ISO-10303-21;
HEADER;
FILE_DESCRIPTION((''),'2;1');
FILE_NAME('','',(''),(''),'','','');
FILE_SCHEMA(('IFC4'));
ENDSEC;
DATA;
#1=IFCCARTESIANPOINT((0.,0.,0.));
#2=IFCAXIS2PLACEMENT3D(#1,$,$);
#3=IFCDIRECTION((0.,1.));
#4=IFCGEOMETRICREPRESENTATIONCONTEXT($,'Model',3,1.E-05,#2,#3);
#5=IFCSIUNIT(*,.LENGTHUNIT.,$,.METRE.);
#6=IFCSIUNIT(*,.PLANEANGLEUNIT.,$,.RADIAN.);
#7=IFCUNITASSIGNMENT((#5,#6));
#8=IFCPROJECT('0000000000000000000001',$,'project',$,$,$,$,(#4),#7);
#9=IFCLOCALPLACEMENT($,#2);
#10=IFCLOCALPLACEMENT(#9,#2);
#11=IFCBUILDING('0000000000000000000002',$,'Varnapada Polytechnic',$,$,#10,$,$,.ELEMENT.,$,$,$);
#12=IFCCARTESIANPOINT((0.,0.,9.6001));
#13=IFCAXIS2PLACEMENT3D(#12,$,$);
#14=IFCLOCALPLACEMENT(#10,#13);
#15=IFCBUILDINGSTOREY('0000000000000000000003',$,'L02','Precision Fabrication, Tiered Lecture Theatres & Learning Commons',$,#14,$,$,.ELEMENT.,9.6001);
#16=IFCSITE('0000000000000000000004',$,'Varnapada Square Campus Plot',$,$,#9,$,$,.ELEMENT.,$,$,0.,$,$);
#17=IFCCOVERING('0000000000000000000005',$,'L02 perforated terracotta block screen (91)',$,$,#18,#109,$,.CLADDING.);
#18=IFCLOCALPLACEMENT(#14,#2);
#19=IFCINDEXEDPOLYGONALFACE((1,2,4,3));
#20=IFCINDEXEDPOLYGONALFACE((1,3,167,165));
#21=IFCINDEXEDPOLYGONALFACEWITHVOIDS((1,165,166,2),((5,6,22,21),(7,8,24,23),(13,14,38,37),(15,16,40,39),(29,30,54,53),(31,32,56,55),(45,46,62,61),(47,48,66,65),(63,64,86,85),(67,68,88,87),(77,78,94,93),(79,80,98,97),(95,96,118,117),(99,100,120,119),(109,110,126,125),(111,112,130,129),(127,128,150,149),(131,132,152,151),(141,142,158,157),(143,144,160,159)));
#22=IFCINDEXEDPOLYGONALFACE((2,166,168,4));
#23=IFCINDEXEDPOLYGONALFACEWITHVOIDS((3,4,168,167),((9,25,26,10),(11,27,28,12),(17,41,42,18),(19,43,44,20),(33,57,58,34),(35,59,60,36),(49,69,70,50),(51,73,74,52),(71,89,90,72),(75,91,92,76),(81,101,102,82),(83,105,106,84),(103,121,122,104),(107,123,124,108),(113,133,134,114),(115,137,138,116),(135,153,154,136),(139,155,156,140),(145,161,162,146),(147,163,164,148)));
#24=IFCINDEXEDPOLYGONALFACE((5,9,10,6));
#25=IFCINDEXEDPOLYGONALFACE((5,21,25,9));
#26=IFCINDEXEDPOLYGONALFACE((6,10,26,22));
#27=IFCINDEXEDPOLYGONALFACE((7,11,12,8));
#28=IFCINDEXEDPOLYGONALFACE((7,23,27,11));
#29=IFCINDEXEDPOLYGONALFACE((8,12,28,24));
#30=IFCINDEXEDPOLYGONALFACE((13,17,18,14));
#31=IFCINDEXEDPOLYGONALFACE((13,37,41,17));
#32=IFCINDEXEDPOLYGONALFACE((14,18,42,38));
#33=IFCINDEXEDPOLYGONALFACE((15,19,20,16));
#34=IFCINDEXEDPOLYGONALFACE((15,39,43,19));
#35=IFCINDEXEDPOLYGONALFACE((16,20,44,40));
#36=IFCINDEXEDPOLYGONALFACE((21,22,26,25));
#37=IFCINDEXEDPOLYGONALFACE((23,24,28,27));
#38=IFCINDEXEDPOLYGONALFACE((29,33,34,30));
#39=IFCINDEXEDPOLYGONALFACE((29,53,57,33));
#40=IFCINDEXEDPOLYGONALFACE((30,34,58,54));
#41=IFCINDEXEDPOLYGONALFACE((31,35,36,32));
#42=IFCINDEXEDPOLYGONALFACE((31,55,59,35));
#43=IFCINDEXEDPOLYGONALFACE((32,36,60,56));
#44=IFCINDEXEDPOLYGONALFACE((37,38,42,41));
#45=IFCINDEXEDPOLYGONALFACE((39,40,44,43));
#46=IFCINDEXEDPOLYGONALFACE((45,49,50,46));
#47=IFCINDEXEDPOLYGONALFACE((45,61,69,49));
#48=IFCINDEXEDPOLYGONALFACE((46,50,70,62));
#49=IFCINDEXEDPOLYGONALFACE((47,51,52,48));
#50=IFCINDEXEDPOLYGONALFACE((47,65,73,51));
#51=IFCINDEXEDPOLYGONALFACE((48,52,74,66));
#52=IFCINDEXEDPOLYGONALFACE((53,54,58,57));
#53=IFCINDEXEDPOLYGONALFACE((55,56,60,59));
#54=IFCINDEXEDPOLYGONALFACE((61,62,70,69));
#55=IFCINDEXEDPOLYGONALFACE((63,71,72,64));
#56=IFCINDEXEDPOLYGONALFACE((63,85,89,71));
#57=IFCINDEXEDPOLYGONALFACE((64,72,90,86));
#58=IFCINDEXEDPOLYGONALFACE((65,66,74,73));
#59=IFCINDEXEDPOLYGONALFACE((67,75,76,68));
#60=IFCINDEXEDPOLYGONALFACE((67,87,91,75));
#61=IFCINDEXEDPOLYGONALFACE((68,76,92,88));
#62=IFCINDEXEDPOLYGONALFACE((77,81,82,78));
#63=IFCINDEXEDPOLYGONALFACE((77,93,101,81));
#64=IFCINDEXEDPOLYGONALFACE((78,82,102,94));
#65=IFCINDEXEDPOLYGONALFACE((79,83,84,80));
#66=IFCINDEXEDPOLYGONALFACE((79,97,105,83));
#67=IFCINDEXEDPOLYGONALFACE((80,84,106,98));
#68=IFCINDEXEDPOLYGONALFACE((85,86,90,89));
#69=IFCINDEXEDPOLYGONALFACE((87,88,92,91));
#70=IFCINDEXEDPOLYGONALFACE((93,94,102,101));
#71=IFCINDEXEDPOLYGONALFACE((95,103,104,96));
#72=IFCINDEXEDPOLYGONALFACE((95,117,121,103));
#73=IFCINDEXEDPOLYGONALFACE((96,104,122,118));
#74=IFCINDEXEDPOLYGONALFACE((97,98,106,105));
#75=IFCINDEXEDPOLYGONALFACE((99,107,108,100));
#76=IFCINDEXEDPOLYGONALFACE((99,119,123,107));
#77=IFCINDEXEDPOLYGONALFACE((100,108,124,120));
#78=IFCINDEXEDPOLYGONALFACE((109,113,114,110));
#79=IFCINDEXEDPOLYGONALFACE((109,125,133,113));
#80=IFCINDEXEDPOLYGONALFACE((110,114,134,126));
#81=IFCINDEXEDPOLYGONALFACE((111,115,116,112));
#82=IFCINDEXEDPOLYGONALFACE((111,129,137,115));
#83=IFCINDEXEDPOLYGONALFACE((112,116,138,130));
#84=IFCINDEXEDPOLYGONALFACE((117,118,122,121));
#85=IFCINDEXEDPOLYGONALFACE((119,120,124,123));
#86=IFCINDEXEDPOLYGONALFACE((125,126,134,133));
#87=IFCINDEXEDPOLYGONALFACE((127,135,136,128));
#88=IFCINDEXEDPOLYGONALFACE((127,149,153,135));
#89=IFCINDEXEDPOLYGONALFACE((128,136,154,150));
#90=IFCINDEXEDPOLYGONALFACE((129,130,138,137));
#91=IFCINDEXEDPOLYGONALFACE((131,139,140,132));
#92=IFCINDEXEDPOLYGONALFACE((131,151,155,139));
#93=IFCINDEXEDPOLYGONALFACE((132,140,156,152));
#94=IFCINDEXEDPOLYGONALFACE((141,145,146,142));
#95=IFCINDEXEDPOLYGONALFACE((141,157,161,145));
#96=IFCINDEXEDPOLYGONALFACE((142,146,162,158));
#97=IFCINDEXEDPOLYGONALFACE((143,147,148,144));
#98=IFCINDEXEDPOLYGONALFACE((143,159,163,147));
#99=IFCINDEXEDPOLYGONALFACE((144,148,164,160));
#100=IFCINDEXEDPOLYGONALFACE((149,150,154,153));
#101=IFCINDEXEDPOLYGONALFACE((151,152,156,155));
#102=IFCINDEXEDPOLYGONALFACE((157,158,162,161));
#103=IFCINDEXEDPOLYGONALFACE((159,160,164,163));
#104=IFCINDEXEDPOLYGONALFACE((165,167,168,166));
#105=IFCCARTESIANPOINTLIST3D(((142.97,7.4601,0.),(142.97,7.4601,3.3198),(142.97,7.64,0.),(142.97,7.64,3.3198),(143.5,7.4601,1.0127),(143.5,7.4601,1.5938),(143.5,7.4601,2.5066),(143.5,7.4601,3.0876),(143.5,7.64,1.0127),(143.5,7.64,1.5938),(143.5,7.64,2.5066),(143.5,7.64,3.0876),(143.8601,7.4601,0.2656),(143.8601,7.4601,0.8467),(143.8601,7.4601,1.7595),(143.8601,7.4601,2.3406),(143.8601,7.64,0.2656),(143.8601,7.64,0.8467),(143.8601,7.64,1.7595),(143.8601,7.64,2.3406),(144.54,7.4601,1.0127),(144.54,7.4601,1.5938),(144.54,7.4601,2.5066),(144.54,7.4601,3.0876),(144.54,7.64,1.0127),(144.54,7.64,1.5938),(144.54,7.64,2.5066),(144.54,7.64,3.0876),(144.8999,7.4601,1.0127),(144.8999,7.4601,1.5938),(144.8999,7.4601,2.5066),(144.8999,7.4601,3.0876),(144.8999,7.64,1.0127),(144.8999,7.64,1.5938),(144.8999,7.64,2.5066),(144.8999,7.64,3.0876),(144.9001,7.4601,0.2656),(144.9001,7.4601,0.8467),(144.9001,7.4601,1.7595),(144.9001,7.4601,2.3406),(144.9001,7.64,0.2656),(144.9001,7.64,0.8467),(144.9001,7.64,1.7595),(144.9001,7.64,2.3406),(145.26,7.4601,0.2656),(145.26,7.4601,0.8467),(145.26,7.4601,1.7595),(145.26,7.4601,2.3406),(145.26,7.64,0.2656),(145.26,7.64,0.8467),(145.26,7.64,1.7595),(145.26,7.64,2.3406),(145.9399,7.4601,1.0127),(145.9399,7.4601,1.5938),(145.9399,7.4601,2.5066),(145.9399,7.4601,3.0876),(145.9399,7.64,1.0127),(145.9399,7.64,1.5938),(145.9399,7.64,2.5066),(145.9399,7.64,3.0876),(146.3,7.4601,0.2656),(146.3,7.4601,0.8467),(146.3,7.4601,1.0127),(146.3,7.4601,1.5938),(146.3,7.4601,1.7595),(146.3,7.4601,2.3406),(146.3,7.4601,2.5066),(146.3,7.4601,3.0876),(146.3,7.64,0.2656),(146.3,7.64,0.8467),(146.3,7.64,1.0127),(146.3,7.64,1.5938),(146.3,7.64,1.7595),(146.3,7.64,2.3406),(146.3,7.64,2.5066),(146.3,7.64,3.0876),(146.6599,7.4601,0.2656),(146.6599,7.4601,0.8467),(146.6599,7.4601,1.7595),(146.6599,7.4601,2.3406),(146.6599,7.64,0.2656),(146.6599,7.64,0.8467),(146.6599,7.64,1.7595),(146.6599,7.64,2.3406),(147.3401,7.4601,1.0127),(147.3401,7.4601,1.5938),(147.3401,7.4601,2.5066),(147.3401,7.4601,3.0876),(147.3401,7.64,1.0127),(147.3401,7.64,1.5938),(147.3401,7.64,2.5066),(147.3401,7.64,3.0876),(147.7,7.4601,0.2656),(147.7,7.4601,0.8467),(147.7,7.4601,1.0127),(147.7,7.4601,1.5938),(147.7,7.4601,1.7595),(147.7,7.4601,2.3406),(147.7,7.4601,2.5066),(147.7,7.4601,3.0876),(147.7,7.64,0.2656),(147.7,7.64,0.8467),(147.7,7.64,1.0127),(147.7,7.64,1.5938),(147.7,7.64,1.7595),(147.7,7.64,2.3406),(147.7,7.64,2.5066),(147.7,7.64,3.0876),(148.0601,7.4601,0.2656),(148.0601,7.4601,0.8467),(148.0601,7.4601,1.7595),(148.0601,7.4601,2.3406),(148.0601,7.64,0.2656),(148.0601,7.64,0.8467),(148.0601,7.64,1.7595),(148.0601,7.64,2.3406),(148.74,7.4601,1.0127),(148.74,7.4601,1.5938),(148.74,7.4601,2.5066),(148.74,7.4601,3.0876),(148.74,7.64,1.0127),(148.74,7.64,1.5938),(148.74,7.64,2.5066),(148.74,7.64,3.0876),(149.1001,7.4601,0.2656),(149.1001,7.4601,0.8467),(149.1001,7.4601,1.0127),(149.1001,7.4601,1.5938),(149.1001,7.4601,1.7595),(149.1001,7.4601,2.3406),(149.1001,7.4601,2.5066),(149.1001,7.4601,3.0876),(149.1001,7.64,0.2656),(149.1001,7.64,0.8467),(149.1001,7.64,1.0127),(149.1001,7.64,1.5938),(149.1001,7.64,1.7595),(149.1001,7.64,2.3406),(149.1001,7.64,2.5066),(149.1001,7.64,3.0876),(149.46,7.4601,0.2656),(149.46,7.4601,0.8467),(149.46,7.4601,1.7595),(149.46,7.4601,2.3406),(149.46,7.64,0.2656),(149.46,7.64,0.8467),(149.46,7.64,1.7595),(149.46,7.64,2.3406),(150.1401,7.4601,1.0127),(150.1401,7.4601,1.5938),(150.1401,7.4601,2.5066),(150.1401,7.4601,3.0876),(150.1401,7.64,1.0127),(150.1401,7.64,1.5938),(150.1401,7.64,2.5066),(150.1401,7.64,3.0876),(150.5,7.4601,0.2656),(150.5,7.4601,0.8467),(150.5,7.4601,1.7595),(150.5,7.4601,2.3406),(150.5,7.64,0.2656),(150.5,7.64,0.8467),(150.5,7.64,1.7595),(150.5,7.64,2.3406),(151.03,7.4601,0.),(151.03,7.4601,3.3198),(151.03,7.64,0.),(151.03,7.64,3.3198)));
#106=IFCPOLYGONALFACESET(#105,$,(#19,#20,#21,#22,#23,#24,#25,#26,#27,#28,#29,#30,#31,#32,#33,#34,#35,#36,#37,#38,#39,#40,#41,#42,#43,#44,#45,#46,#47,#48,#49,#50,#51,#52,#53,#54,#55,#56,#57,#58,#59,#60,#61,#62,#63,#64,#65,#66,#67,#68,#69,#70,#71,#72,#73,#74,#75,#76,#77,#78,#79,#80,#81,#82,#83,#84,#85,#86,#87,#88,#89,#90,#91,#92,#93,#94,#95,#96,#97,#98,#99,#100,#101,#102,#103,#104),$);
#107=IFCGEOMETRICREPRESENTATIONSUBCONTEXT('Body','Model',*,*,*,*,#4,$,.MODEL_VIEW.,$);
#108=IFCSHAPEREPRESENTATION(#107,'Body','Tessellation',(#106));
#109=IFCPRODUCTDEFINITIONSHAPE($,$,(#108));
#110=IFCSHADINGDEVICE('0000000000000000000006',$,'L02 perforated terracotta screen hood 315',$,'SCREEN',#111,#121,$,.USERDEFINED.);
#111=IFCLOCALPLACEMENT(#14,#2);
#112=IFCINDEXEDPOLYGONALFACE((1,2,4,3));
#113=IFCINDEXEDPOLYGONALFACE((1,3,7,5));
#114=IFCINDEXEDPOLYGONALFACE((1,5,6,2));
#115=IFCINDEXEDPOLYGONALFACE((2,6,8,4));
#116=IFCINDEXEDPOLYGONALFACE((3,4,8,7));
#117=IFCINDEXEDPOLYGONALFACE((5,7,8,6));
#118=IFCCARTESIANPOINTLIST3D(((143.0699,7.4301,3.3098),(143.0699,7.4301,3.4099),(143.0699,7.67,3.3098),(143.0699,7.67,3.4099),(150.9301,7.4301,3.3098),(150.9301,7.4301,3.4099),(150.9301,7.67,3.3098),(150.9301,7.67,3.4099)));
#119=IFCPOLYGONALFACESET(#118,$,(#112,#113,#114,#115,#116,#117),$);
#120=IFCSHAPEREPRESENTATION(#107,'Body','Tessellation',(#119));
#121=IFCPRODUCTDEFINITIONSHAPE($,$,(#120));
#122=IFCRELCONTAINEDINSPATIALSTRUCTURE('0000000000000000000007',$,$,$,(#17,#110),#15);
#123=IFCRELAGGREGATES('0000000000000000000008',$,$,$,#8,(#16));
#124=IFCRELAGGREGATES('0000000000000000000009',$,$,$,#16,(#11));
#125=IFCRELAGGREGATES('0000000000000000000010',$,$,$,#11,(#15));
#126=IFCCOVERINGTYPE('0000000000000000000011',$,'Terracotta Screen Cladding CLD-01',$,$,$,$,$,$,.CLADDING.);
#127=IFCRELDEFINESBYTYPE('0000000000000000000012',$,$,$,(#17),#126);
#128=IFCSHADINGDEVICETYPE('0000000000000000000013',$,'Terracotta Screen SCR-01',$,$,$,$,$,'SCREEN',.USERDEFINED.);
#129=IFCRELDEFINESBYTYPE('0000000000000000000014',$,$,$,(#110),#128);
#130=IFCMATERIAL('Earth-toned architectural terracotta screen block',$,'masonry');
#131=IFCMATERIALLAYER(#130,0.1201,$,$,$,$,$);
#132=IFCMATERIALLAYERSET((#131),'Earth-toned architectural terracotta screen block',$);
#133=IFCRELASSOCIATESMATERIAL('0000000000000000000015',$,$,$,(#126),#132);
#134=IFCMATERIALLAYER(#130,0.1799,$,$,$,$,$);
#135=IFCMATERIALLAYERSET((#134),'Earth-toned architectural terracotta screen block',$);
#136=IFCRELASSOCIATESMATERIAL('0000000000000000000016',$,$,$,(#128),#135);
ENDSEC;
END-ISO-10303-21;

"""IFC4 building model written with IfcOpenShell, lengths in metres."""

from ifc_helpers import new_model, si_unit, direction, frame, frame_2d, origin, origin_2d, place, context, subcontext, project, spatial, rectangle, extrude, material, layer, layer_set, type_object, element, save


model = new_model("IFC4")

# Units and contexts
model_context = context("Model", 3, precision=1e-05, world=origin(), true_north=direction((0.0, 1.0)))
body_context = subcontext(model_context, "Body", "Model", "MODEL_VIEW")
ifc_project = project(units=[si_unit("LENGTHUNIT", "METRE"), si_unit("PLANEANGLEUNIT", "RADIAN")], contexts=[model_context])

# Site, building, storey
site_placement = place(None, origin())
site = spatial("IfcSite", under=ifc_project, at=site_placement, Name="Varnapada Square Campus Plot", CompositionType="ELEMENT", RefElevation=0.0)
building_placement = place(site_placement, origin())
building = spatial("IfcBuilding", under=site, at=building_placement, Name="Varnapada Polytechnic", CompositionType="ELEMENT")
storey_placement = place(building_placement, frame((0.0, 0.0, 9.6001)))
storey = spatial("IfcBuildingStorey", under=building, at=storey_placement, Name="L02", Description="Precision Fabrication, Tiered Lecture Theatres & Learning Commons", CompositionType="ELEMENT", Elevation=9.6001)

# Covering, openings
ifc_material_1 = material(Name="Earth-toned architectural terracotta screen block", Category="masonry")
ifc_layer_1 = layer(ifc_material_1, 0.1201)
ifc_layer_set_1 = layer_set([ifc_layer_1], Name="Earth-toned architectural terracotta screen block")
covering_type = type_object("IfcCoveringType", Name="Terracotta Screen Cladding CLD-01", PredefinedType="CLADDING", material=ifc_layer_set_1)
covering_placement = place(storey_placement, frame((151.03, 7.55, 0.0), z_axis=(0.0, 0.0, 1.0), x_axis=(-1.0, 0.0, 0.0)))
covering = element("IfcCovering", 1, at=covering_placement, inside=storey, type_object=covering_type, Name="L02 perforated terracotta block screen (91)", PredefinedType="CLADDING", context=body_context, shape_type="SweptSolid", body=[
    extrude(rectangle(XDim=8.0601, YDim=0.1799, at=frame_2d((4.03, 0.0))), origin(), (0.0, 0.0, 1.0), 3.3198),
])
opening_1_placement = place(covering_placement, frame((0.53, 0.0, 0.2656)))
element("IfcOpeningElement", 2, at=opening_1_placement, cuts=covering, PredefinedType="OPENING", context=body_context, shape_type="SweptSolid", body=[
    extrude(rectangle(XDim=1.04, YDim=0.5811, at=frame_2d((0.52, 0.2905))), frame((0.0, 0.0999, 0.0), z_axis=(0.0, -1.0, 0.0), x_axis=(1.0, 0.0, 0.0)), (0.0, 0.0, 1.0), 0.2),
])
opening_2_placement = place(covering_placement, frame((1.9299, 0.0, 0.2656)))
element("IfcOpeningElement", 3, at=opening_2_placement, cuts=covering, PredefinedType="OPENING", context=body_context, shape_type="SweptSolid", body=[
    extrude(rectangle(XDim=1.04, YDim=0.5811, at=frame_2d((0.52, 0.2905))), frame((0.0, 0.0999, 0.0), z_axis=(0.0, -1.0, 0.0), x_axis=(1.0, 0.0, 0.0)), (0.0, 0.0, 1.0), 0.2),
])
opening_3_placement = place(covering_placement, frame((3.3301, 0.0, 0.2656)))
element("IfcOpeningElement", 4, at=opening_3_placement, cuts=covering, PredefinedType="OPENING", context=body_context, shape_type="SweptSolid", body=[
    extrude(rectangle(XDim=1.04, YDim=0.5811, at=frame_2d((0.52, 0.2905))), frame((0.0, 0.0999, 0.0), z_axis=(0.0, -1.0, 0.0), x_axis=(1.0, 0.0, 0.0)), (0.0, 0.0, 1.0), 0.2),
])
opening_4_placement = place(covering_placement, frame((4.73, 0.0, 0.2656)))
element("IfcOpeningElement", 5, at=opening_4_placement, cuts=covering, PredefinedType="OPENING", context=body_context, shape_type="SweptSolid", body=[
    extrude(rectangle(XDim=1.04, YDim=0.5811, at=frame_2d((0.52, 0.2905))), frame((0.0, 0.0999, 0.0), z_axis=(0.0, -1.0, 0.0), x_axis=(1.0, 0.0, 0.0)), (0.0, 0.0, 1.0), 0.2),
])
opening_5_placement = place(covering_placement, frame((6.1299, 0.0, 0.2656)))
element("IfcOpeningElement", 6, at=opening_5_placement, cuts=covering, PredefinedType="OPENING", context=body_context, shape_type="SweptSolid", body=[
    extrude(rectangle(XDim=1.04, YDim=0.5811, at=frame_2d((0.52, 0.2905))), frame((0.0, 0.0999, 0.0), z_axis=(0.0, -1.0, 0.0), x_axis=(1.0, 0.0, 0.0)), (0.0, 0.0, 1.0), 0.2),
])
opening_6_placement = place(covering_placement, frame((0.8899, 0.0, 1.0127)))
element("IfcOpeningElement", 7, at=opening_6_placement, cuts=covering, PredefinedType="OPENING", context=body_context, shape_type="SweptSolid", body=[
    extrude(rectangle(XDim=1.04, YDim=0.5811, at=frame_2d((0.52, 0.2905))), frame((0.0, 0.0999, 0.0), z_axis=(0.0, -1.0, 0.0), x_axis=(1.0, 0.0, 0.0)), (0.0, 0.0, 1.0), 0.2),
])
opening_7_placement = place(covering_placement, frame((2.29, 0.0, 1.0127)))
element("IfcOpeningElement", 8, at=opening_7_placement, cuts=covering, PredefinedType="OPENING", context=body_context, shape_type="SweptSolid", body=[
    extrude(rectangle(XDim=1.04, YDim=0.5811, at=frame_2d((0.52, 0.2905))), frame((0.0, 0.0999, 0.0), z_axis=(0.0, -1.0, 0.0), x_axis=(1.0, 0.0, 0.0)), (0.0, 0.0, 1.0), 0.2),
])
opening_8_placement = place(covering_placement, frame((3.6899, 0.0, 1.0127)))
element("IfcOpeningElement", 9, at=opening_8_placement, cuts=covering, PredefinedType="OPENING", context=body_context, shape_type="SweptSolid", body=[
    extrude(rectangle(XDim=1.04, YDim=0.5811, at=frame_2d((0.52, 0.2905))), frame((0.0, 0.0999, 0.0), z_axis=(0.0, -1.0, 0.0), x_axis=(1.0, 0.0, 0.0)), (0.0, 0.0, 1.0), 0.2),
])
opening_9_placement = place(covering_placement, frame((5.0901, 0.0, 1.0127)))
element("IfcOpeningElement", 10, at=opening_9_placement, cuts=covering, PredefinedType="OPENING", context=body_context, shape_type="SweptSolid", body=[
    extrude(rectangle(XDim=1.04, YDim=0.5811, at=frame_2d((0.52, 0.2905))), frame((0.0, 0.0999, 0.0), z_axis=(0.0, -1.0, 0.0), x_axis=(1.0, 0.0, 0.0)), (0.0, 0.0, 1.0), 0.2),
])
opening_10_placement = place(covering_placement, frame((6.49, 0.0, 1.0127)))
element("IfcOpeningElement", 11, at=opening_10_placement, cuts=covering, PredefinedType="OPENING", context=body_context, shape_type="SweptSolid", body=[
    extrude(rectangle(XDim=1.04, YDim=0.5811, at=frame_2d((0.52, 0.2905))), frame((0.0, 0.0999, 0.0), z_axis=(0.0, -1.0, 0.0), x_axis=(1.0, 0.0, 0.0)), (0.0, 0.0, 1.0), 0.2),
])
opening_11_placement = place(covering_placement, frame((0.53, 0.0, 1.7595)))
element("IfcOpeningElement", 12, at=opening_11_placement, cuts=covering, PredefinedType="OPENING", context=body_context, shape_type="SweptSolid", body=[
    extrude(rectangle(XDim=1.04, YDim=0.5811, at=frame_2d((0.52, 0.2905))), frame((0.0, 0.0999, 0.0), z_axis=(0.0, -1.0, 0.0), x_axis=(1.0, 0.0, 0.0)), (0.0, 0.0, 1.0), 0.2),
])
opening_12_placement = place(covering_placement, frame((1.9299, 0.0, 1.7595)))
element("IfcOpeningElement", 13, at=opening_12_placement, cuts=covering, PredefinedType="OPENING", context=body_context, shape_type="SweptSolid", body=[
    extrude(rectangle(XDim=1.04, YDim=0.5811, at=frame_2d((0.52, 0.2905))), frame((0.0, 0.0999, 0.0), z_axis=(0.0, -1.0, 0.0), x_axis=(1.0, 0.0, 0.0)), (0.0, 0.0, 1.0), 0.2),
])
opening_13_placement = place(covering_placement, frame((3.3301, 0.0, 1.7595)))
element("IfcOpeningElement", 14, at=opening_13_placement, cuts=covering, PredefinedType="OPENING", context=body_context, shape_type="SweptSolid", body=[
    extrude(rectangle(XDim=1.04, YDim=0.5811, at=frame_2d((0.52, 0.2905))), frame((0.0, 0.0999, 0.0), z_axis=(0.0, -1.0, 0.0), x_axis=(1.0, 0.0, 0.0)), (0.0, 0.0, 1.0), 0.2),
])
opening_14_placement = place(covering_placement, frame((4.73, 0.0, 1.7595)))
element("IfcOpeningElement", 15, at=opening_14_placement, cuts=covering, PredefinedType="OPENING", context=body_context, shape_type="SweptSolid", body=[
    extrude(rectangle(XDim=1.04, YDim=0.5811, at=frame_2d((0.52, 0.2905))), frame((0.0, 0.0999, 0.0), z_axis=(0.0, -1.0, 0.0), x_axis=(1.0, 0.0, 0.0)), (0.0, 0.0, 1.0), 0.2),
])
opening_15_placement = place(covering_placement, frame((6.1299, 0.0, 1.7595)))
element("IfcOpeningElement", 16, at=opening_15_placement, cuts=covering, PredefinedType="OPENING", context=body_context, shape_type="SweptSolid", body=[
    extrude(rectangle(XDim=1.04, YDim=0.5811, at=frame_2d((0.52, 0.2905))), frame((0.0, 0.0999, 0.0), z_axis=(0.0, -1.0, 0.0), x_axis=(1.0, 0.0, 0.0)), (0.0, 0.0, 1.0), 0.2),
])
opening_16_placement = place(covering_placement, frame((0.8899, 0.0, 2.5066)))
element("IfcOpeningElement", 17, at=opening_16_placement, cuts=covering, PredefinedType="OPENING", context=body_context, shape_type="SweptSolid", body=[
    extrude(rectangle(XDim=1.04, YDim=0.5811, at=frame_2d((0.52, 0.2905))), frame((0.0, 0.0999, 0.0), z_axis=(0.0, -1.0, 0.0), x_axis=(1.0, 0.0, 0.0)), (0.0, 0.0, 1.0), 0.2),
])
opening_17_placement = place(covering_placement, frame((2.29, 0.0, 2.5066)))
element("IfcOpeningElement", 18, at=opening_17_placement, cuts=covering, PredefinedType="OPENING", context=body_context, shape_type="SweptSolid", body=[
    extrude(rectangle(XDim=1.04, YDim=0.5811, at=frame_2d((0.52, 0.2905))), frame((0.0, 0.0999, 0.0), z_axis=(0.0, -1.0, 0.0), x_axis=(1.0, 0.0, 0.0)), (0.0, 0.0, 1.0), 0.2),
])
opening_18_placement = place(covering_placement, frame((3.6899, 0.0, 2.5066)))
element("IfcOpeningElement", 19, at=opening_18_placement, cuts=covering, PredefinedType="OPENING", context=body_context, shape_type="SweptSolid", body=[
    extrude(rectangle(XDim=1.04, YDim=0.5811, at=frame_2d((0.52, 0.2905))), frame((0.0, 0.0999, 0.0), z_axis=(0.0, -1.0, 0.0), x_axis=(1.0, 0.0, 0.0)), (0.0, 0.0, 1.0), 0.2),
])
opening_19_placement = place(covering_placement, frame((5.0901, 0.0, 2.5066)))
element("IfcOpeningElement", 20, at=opening_19_placement, cuts=covering, PredefinedType="OPENING", context=body_context, shape_type="SweptSolid", body=[
    extrude(rectangle(XDim=1.04, YDim=0.5811, at=frame_2d((0.52, 0.2905))), frame((0.0, 0.0999, 0.0), z_axis=(0.0, -1.0, 0.0), x_axis=(1.0, 0.0, 0.0)), (0.0, 0.0, 1.0), 0.2),
])
opening_20_placement = place(covering_placement, frame((6.49, 0.0, 2.5066)))
element("IfcOpeningElement", 21, at=opening_20_placement, cuts=covering, PredefinedType="OPENING", context=body_context, shape_type="SweptSolid", body=[
    extrude(rectangle(XDim=1.04, YDim=0.5811, at=frame_2d((0.52, 0.2905))), frame((0.0, 0.0999, 0.0), z_axis=(0.0, -1.0, 0.0), x_axis=(1.0, 0.0, 0.0)), (0.0, 0.0, 1.0), 0.2),
])

# Shading device
ifc_layer_2 = layer(ifc_material_1, 0.1799)
ifc_layer_set_2 = layer_set([ifc_layer_2], Name="Earth-toned architectural terracotta screen block")
shading_device_type_1 = type_object("IfcShadingDeviceType", Name="Terracotta Screen SCR-01", ElementType="SCREEN", PredefinedType="USERDEFINED", material=ifc_layer_set_2)
shading_device_1_placement = place(storey_placement, frame((147.0, 7.55, 3.3098), z_axis=(0.0, 0.0, 1.0), x_axis=(-1.0, 0.0, 0.0)))
element("IfcShadingDevice", 22, at=shading_device_1_placement, inside=storey, type_object=shading_device_type_1, Name="L02 perforated terracotta screen hood 315", ObjectType="SCREEN", PredefinedType="USERDEFINED", context=body_context, shape_type="SweptSolid", body=[
    extrude(rectangle(XDim=7.8601, YDim=0.24, at=origin_2d()), origin(), (0.0, 0.0, 1.0), 0.1001),
])

save(model, "model.ifc")
